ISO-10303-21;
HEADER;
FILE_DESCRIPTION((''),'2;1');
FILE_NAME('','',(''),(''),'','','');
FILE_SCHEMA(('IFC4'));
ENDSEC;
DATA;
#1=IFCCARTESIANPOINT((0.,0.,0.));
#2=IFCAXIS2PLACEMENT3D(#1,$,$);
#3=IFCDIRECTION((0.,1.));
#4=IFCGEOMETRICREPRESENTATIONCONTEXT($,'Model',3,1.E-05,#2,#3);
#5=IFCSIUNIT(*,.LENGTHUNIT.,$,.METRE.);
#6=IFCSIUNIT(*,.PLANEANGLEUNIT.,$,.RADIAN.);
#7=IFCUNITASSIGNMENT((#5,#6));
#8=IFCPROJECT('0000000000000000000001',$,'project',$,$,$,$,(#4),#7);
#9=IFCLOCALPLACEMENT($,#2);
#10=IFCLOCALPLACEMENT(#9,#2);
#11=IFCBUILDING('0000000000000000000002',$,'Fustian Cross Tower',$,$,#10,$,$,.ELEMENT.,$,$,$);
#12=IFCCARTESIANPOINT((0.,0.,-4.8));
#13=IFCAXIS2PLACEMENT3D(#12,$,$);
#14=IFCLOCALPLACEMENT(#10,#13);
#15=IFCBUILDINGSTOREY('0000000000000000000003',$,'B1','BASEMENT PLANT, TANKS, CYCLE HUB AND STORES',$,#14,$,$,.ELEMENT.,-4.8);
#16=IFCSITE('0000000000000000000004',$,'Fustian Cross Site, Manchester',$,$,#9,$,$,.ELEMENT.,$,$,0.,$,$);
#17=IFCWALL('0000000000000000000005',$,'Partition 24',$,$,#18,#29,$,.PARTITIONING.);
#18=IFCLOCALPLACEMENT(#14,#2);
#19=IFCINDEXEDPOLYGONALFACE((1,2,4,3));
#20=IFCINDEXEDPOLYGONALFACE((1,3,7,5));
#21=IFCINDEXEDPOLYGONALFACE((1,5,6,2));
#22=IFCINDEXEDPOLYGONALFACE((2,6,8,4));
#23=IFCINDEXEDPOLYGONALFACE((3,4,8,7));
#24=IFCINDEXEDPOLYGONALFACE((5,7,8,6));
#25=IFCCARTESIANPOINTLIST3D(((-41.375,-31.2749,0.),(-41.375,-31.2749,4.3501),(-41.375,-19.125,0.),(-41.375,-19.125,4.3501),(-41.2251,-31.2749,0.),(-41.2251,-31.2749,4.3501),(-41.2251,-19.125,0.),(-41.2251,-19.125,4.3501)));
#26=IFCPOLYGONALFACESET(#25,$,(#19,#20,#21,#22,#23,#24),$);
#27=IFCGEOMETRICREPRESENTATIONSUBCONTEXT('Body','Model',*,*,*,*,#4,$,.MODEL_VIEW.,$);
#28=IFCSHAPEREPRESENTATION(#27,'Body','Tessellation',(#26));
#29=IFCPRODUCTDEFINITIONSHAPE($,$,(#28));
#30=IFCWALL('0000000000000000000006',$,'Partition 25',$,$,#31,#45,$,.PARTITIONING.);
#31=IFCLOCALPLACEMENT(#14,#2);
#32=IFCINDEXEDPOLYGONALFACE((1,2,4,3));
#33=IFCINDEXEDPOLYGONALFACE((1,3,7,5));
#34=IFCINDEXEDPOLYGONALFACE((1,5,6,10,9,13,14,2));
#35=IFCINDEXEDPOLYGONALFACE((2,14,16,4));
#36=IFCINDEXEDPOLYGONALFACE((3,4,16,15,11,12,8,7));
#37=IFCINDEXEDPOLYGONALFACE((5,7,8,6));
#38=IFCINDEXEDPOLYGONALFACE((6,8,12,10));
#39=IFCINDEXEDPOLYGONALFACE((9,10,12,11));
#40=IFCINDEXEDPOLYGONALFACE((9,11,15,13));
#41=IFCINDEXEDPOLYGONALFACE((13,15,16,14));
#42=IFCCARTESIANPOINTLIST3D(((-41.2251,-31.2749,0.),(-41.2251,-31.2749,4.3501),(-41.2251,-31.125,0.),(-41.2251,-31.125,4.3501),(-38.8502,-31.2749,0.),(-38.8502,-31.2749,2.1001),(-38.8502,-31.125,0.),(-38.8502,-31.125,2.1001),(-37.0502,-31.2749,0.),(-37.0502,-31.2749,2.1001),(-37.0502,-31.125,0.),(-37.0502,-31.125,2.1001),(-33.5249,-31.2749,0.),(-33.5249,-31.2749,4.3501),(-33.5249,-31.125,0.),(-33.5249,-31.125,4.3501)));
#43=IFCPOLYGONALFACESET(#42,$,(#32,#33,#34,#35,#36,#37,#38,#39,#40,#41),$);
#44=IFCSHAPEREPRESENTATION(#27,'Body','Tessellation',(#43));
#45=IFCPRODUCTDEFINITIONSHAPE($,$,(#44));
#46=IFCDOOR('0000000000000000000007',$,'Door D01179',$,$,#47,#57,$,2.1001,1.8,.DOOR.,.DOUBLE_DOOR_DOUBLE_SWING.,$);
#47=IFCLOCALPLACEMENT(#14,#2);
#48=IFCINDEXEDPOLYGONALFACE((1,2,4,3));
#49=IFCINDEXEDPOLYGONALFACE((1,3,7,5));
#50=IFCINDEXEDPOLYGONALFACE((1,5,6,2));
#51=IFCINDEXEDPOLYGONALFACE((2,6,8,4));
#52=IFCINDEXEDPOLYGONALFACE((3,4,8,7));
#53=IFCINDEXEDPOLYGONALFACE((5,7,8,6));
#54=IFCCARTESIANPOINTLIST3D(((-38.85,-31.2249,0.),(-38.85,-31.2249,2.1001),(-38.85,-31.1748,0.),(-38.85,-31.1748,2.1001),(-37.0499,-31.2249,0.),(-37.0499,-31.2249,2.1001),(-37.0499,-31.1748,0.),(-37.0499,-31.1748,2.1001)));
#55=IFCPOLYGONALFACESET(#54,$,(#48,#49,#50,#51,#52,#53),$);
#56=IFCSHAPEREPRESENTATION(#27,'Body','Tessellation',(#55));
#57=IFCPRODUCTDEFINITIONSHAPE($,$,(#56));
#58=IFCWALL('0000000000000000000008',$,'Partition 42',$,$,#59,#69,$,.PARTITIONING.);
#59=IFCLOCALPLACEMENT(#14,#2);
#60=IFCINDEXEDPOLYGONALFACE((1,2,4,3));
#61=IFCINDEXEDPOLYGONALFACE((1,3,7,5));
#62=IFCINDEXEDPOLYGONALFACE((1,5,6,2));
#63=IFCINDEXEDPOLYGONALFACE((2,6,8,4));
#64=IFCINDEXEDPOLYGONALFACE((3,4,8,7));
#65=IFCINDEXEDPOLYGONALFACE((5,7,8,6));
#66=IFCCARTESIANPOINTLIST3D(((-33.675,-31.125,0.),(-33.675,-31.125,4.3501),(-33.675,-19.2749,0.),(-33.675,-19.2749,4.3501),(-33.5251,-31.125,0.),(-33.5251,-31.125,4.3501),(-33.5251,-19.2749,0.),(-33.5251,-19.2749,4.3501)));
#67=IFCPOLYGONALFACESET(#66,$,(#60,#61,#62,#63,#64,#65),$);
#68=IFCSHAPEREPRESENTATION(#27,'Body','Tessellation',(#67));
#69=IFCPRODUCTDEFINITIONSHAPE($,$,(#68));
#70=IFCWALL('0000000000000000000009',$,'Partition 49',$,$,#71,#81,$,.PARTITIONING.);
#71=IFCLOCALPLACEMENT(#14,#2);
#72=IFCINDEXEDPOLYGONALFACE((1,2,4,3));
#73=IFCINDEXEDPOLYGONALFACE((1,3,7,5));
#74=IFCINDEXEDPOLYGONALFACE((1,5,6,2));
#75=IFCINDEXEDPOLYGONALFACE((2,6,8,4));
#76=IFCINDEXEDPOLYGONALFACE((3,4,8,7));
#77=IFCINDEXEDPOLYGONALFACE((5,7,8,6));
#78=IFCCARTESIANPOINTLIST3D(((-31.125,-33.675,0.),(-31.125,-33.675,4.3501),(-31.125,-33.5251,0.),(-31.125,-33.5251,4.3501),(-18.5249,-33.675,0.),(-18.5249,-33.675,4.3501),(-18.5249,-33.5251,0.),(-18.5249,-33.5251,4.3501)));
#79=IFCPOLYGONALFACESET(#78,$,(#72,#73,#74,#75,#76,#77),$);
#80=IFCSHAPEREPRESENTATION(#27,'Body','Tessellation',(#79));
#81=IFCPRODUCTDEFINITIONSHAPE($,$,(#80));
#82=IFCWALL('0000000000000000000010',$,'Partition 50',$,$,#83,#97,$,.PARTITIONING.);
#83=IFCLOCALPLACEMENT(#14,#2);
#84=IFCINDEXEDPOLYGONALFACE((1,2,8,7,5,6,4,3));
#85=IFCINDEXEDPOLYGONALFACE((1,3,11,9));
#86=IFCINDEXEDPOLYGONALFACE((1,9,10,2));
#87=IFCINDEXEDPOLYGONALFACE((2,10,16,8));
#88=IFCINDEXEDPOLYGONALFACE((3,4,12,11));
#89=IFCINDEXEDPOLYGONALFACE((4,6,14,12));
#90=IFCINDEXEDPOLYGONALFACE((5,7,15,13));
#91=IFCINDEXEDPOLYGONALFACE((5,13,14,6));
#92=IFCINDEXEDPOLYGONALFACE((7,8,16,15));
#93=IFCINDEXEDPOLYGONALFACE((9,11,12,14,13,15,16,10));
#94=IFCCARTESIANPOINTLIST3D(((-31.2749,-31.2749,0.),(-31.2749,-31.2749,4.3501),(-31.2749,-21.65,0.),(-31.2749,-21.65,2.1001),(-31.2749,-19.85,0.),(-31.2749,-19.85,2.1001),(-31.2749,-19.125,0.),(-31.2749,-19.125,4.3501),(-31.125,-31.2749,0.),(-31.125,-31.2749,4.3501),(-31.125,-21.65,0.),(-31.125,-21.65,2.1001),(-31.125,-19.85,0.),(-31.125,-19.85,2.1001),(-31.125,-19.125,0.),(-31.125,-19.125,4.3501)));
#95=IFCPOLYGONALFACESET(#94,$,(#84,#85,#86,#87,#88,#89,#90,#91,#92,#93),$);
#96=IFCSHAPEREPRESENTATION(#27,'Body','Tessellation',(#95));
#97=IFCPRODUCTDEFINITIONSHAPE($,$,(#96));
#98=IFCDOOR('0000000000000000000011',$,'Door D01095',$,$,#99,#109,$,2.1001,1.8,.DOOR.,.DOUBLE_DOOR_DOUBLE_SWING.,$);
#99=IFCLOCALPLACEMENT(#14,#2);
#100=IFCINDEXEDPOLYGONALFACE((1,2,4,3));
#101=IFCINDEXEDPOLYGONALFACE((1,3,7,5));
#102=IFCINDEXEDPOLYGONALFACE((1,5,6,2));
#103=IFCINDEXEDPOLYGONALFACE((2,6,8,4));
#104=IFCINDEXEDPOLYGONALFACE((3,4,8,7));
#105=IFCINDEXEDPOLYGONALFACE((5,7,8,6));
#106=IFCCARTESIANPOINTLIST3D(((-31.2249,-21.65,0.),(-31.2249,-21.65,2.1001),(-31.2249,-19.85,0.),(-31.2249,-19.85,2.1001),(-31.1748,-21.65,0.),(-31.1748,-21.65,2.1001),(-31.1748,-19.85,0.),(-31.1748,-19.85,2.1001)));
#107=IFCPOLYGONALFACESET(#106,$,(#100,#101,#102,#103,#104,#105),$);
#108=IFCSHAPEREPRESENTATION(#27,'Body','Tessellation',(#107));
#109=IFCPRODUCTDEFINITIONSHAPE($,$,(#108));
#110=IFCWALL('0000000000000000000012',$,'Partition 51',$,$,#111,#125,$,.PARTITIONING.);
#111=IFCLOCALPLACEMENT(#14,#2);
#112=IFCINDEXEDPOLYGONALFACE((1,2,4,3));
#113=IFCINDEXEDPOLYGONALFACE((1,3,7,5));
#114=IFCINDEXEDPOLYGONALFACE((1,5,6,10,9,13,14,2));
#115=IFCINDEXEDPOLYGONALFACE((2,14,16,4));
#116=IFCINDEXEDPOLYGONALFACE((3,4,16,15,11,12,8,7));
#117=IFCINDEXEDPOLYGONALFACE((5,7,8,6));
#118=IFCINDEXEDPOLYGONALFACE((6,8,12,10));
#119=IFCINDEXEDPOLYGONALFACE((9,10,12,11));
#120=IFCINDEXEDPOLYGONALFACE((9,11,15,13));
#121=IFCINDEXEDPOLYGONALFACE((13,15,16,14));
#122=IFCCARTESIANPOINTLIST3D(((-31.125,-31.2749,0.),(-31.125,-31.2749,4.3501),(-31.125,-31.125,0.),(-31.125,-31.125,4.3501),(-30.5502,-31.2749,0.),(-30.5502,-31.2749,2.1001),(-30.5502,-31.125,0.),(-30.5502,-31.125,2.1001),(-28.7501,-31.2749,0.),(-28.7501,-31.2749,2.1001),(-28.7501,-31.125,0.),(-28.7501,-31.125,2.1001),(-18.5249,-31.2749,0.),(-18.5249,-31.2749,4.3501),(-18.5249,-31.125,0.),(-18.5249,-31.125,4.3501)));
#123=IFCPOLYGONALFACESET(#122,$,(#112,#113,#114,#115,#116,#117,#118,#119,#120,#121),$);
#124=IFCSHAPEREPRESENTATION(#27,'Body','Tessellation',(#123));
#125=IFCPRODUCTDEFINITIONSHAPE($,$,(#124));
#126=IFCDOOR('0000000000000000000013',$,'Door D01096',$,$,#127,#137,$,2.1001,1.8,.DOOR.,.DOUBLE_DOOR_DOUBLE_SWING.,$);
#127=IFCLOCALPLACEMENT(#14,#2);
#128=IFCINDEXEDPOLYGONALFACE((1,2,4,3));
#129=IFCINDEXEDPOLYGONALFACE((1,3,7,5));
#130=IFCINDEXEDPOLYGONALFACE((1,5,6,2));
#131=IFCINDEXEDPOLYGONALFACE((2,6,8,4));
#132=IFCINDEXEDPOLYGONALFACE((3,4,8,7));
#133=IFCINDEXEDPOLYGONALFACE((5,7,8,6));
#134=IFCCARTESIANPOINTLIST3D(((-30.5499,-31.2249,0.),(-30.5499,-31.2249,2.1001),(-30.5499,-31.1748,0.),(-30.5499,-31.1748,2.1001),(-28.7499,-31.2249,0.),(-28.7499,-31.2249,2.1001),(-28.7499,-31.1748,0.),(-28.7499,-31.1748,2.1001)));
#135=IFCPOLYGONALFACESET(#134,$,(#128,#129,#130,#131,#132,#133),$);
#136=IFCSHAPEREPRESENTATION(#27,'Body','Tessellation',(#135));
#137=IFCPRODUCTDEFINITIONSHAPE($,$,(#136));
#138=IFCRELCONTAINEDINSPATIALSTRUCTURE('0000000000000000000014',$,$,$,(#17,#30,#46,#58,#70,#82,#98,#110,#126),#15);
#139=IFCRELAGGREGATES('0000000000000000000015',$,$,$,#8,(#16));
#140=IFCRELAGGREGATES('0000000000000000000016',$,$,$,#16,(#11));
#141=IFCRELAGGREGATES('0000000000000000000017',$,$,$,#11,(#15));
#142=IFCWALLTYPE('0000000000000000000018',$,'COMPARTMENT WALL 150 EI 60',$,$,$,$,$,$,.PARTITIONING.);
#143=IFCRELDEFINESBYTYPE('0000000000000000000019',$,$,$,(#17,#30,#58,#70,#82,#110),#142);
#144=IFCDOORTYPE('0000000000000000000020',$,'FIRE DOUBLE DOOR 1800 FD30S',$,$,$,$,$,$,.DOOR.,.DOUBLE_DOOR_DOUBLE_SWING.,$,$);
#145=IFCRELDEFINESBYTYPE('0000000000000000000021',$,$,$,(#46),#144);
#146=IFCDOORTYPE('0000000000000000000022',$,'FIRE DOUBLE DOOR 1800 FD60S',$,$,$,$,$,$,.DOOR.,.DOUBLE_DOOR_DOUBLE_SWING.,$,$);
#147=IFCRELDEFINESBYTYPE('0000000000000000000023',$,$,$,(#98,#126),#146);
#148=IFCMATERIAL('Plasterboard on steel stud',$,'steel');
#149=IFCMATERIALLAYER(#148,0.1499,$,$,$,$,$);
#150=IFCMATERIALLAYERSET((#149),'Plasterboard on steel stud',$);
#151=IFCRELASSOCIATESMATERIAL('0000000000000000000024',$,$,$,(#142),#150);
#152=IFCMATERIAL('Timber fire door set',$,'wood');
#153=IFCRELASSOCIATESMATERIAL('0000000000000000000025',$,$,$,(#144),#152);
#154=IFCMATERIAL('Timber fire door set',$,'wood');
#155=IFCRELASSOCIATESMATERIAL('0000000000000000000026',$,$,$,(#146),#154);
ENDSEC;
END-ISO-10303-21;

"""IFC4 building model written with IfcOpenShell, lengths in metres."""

from ifc_helpers import new_model, si_unit, direction, frame, frame_2d, origin, place, context, subcontext, project, spatial, rectangle, extrude, material, layer, layer_set, type_object, element, fill, save


model = new_model("IFC4")

# Units and contexts
model_context = context("Model", 3, precision=1e-05, world=origin(), true_north=direction((0.0, 1.0)))
body_context = subcontext(model_context, "Body", "Model", "MODEL_VIEW")
ifc_project = project(units=[si_unit("LENGTHUNIT", "METRE"), si_unit("PLANEANGLEUNIT", "RADIAN")], contexts=[model_context])

# Site, building, storey
site_placement = place(None, origin())
site = spatial("IfcSite", under=ifc_project, at=site_placement, Name="Fustian Cross Site, Manchester", CompositionType="ELEMENT", RefElevation=0.0)
building_placement = place(site_placement, origin())
building = spatial("IfcBuilding", under=site, at=building_placement, Name="Fustian Cross Tower", CompositionType="ELEMENT")
storey_placement = place(building_placement, frame((0.0, 0.0, -4.8)))
storey = spatial("IfcBuildingStorey", under=building, at=storey_placement, Name="B1", Description="BASEMENT PLANT, TANKS, CYCLE HUB AND STORES", CompositionType="ELEMENT", Elevation=-4.8)

# Shared definitions
ifc_material_1 = material(Name="Plasterboard on steel stud", Category="steel")
ifc_layer = layer(ifc_material_1, 0.1499)
ifc_layer_set = layer_set([ifc_layer], Name="Plasterboard on steel stud")
wall_type = type_object("IfcWallType", Name="COMPARTMENT WALL 150 EI 60", PredefinedType="PARTITIONING", material=ifc_layer_set)

# Wall
wall_1_placement = place(storey_placement, frame((-41.3, -31.2749, 0.0), z_axis=(0.0, 0.0, 1.0), x_axis=(0.0, 1.0, 0.0)))
element("IfcWall", 1, at=wall_1_placement, inside=storey, type_object=wall_type, Name="Partition 24", PredefinedType="PARTITIONING", context=body_context, shape_type="SweptSolid", body=[
    extrude(rectangle(XDim=12.1499, YDim=0.1499, at=frame_2d((6.075, 0.0))), origin(), (0.0, 0.0, 1.0), 4.3501),
])

# Wall, opening, door
wall_2_placement = place(storey_placement, frame((-41.2251, -31.2, 0.0), z_axis=(0.0, 0.0, 1.0), x_axis=(1.0, 0.0, 0.0)))
wall_2 = element("IfcWall", 2, at=wall_2_placement, inside=storey, type_object=wall_type, Name="Partition 25", PredefinedType="PARTITIONING", context=body_context, shape_type="SweptSolid", body=[
    extrude(rectangle(XDim=7.7002, YDim=0.1499, at=frame_2d((3.8501, 0.0))), origin(), (0.0, 0.0, 1.0), 4.3501),
])
opening_1_placement = place(wall_2_placement, frame((2.375, 0.0, 0.0)))
opening_1 = element("IfcOpeningElement", 3, at=opening_1_placement, cuts=wall_2, PredefinedType="OPENING", context=body_context, shape_type="SweptSolid", body=[
    extrude(rectangle(XDim=1.8, YDim=2.1001, at=frame_2d((0.8999, 1.05))), frame((0.0, 0.085, 0.0), z_axis=(0.0, -1.0, 0.0), x_axis=(1.0, 0.0, 0.0)), (0.0, 0.0, 1.0), 0.1699),
])
ifc_material_2 = material(Name="Timber fire door set", Category="wood")
door_type_1 = type_object("IfcDoorType", Name="FIRE DOUBLE DOOR 1800 FD30S", OperationType="DOUBLE_DOOR_DOUBLE_SWING", PredefinedType="DOOR", material=ifc_material_2)
door_1_placement = place(opening_1_placement, frame((1.8, 0.0, 0.0), z_axis=(0.0, 0.0, 1.0), x_axis=(-1.0, 0.0, 0.0)))
door_1 = element("IfcDoor", 4, at=door_1_placement, inside=storey, type_object=door_type_1, Name="Door D01179", OperationType="DOUBLE_DOOR_DOUBLE_SWING", OverallHeight=2.1001, OverallWidth=1.8, PredefinedType="DOOR", context=body_context, shape_type="SweptSolid", body=[
    extrude(rectangle(XDim=1.8, YDim=2.1001, at=frame_2d((0.8999, 1.05))), frame((0.0, 0.0249, 0.0), z_axis=(0.0, -1.0, 0.0), x_axis=(1.0, 0.0, 0.0)), (0.0, 0.0, 1.0), 0.05),
])
fill(opening_1, door_1)

# Walls
wall_3_placement = place(storey_placement, frame((-33.6001, -31.125, 0.0), z_axis=(0.0, 0.0, 1.0), x_axis=(0.0, 1.0, 0.0)))
element("IfcWall", 5, at=wall_3_placement, inside=storey, type_object=wall_type, Name="Partition 42", PredefinedType="PARTITIONING", context=body_context, shape_type="SweptSolid", body=[
    extrude(rectangle(XDim=11.8501, YDim=0.1499, at=frame_2d((5.925, 0.0))), origin(), (0.0, 0.0, 1.0), 4.3501),
])
wall_4_placement = place(storey_placement, frame((-31.125, -33.6001, 0.0), z_axis=(0.0, 0.0, 1.0), x_axis=(1.0, 0.0, 0.0)))
element("IfcWall", 6, at=wall_4_placement, inside=storey, type_object=wall_type, Name="Partition 49", PredefinedType="PARTITIONING", context=body_context, shape_type="SweptSolid", body=[
    extrude(rectangle(XDim=12.6001, YDim=0.1499, at=frame_2d((6.3, 0.0))), origin(), (0.0, 0.0, 1.0), 4.3501),
])

# Walls, openings, doors
wall_5_placement = place(storey_placement, frame((-31.2, -31.2749, 0.0), z_axis=(0.0, 0.0, 1.0), x_axis=(0.0, 1.0, 0.0)))
wall_5 = element("IfcWall", 7, at=wall_5_placement, inside=storey, type_object=wall_type, Name="Partition 50", PredefinedType="PARTITIONING", context=body_context, shape_type="SweptSolid", body=[
    extrude(rectangle(XDim=12.1499, YDim=0.1499, at=frame_2d((6.075, 0.0))), origin(), (0.0, 0.0, 1.0), 4.3501),
])
opening_2_placement = place(wall_5_placement, frame((9.625, 0.0, 0.0)))
opening_2 = element("IfcOpeningElement", 8, at=opening_2_placement, cuts=wall_5, PredefinedType="OPENING", context=body_context, shape_type="SweptSolid", body=[
    extrude(rectangle(XDim=1.8, YDim=2.1001, at=frame_2d((0.8999, 1.05))), frame((0.0, 0.085, 0.0), z_axis=(0.0, -1.0, 0.0), x_axis=(1.0, 0.0, 0.0)), (0.0, 0.0, 1.0), 0.1699),
])
ifc_material_3 = material(Name="Timber fire door set", Category="wood")
door_type_2 = type_object("IfcDoorType", Name="FIRE DOUBLE DOOR 1800 FD60S", OperationType="DOUBLE_DOOR_DOUBLE_SWING", PredefinedType="DOOR", material=ifc_material_3)
door_2_placement = place(opening_2_placement, origin())
door_2 = element("IfcDoor", 9, at=door_2_placement, inside=storey, type_object=door_type_2, Name="Door D01095", OperationType="DOUBLE_DOOR_DOUBLE_SWING", OverallHeight=2.1001, OverallWidth=1.8, PredefinedType="DOOR", context=body_context, shape_type="SweptSolid", body=[
    extrude(rectangle(XDim=1.8, YDim=2.1001, at=frame_2d((0.8999, 1.05))), frame((0.0, 0.0249, 0.0), z_axis=(0.0, -1.0, 0.0), x_axis=(1.0, 0.0, 0.0)), (0.0, 0.0, 1.0), 0.05),
])
fill(opening_2, door_2)
wall_6_placement = place(storey_placement, frame((-31.125, -31.2, 0.0), z_axis=(0.0, 0.0, 1.0), x_axis=(1.0, 0.0, 0.0)))
wall_6 = element("IfcWall", 10, at=wall_6_placement, inside=storey, type_object=wall_type, Name="Partition 51", PredefinedType="PARTITIONING", context=body_context, shape_type="SweptSolid", body=[
    extrude(rectangle(XDim=12.6001, YDim=0.1499, at=frame_2d((6.3, 0.0))), origin(), (0.0, 0.0, 1.0), 4.3501),
])
opening_3_placement = place(wall_6_placement, frame((0.575, 0.0, 0.0)))
opening_3 = element("IfcOpeningElement", 11, at=opening_3_placement, cuts=wall_6, PredefinedType="OPENING", context=body_context, shape_type="SweptSolid", body=[
    extrude(rectangle(XDim=1.8, YDim=2.1001, at=frame_2d((0.8999, 1.05))), frame((0.0, 0.085, 0.0), z_axis=(0.0, -1.0, 0.0), x_axis=(1.0, 0.0, 0.0)), (0.0, 0.0, 1.0), 0.1699),
])
door_3_placement = place(opening_3_placement, frame((1.8, 0.0, 0.0), z_axis=(0.0, 0.0, 1.0), x_axis=(-1.0, 0.0, 0.0)))
door_3 = element("IfcDoor", 12, at=door_3_placement, inside=storey, type_object=door_type_2, Name="Door D01096", OperationType="DOUBLE_DOOR_DOUBLE_SWING", OverallHeight=2.1001, OverallWidth=1.8, PredefinedType="DOOR", context=body_context, shape_type="SweptSolid", body=[
    extrude(rectangle(XDim=1.8, YDim=2.1001, at=frame_2d((0.8999, 1.05))), frame((0.0, 0.0249, 0.0), z_axis=(0.0, -1.0, 0.0), x_axis=(1.0, 0.0, 0.0)), (0.0, 0.0, 1.0), 0.05),
])
fill(opening_3, door_3)

save(model, "model.ifc")
